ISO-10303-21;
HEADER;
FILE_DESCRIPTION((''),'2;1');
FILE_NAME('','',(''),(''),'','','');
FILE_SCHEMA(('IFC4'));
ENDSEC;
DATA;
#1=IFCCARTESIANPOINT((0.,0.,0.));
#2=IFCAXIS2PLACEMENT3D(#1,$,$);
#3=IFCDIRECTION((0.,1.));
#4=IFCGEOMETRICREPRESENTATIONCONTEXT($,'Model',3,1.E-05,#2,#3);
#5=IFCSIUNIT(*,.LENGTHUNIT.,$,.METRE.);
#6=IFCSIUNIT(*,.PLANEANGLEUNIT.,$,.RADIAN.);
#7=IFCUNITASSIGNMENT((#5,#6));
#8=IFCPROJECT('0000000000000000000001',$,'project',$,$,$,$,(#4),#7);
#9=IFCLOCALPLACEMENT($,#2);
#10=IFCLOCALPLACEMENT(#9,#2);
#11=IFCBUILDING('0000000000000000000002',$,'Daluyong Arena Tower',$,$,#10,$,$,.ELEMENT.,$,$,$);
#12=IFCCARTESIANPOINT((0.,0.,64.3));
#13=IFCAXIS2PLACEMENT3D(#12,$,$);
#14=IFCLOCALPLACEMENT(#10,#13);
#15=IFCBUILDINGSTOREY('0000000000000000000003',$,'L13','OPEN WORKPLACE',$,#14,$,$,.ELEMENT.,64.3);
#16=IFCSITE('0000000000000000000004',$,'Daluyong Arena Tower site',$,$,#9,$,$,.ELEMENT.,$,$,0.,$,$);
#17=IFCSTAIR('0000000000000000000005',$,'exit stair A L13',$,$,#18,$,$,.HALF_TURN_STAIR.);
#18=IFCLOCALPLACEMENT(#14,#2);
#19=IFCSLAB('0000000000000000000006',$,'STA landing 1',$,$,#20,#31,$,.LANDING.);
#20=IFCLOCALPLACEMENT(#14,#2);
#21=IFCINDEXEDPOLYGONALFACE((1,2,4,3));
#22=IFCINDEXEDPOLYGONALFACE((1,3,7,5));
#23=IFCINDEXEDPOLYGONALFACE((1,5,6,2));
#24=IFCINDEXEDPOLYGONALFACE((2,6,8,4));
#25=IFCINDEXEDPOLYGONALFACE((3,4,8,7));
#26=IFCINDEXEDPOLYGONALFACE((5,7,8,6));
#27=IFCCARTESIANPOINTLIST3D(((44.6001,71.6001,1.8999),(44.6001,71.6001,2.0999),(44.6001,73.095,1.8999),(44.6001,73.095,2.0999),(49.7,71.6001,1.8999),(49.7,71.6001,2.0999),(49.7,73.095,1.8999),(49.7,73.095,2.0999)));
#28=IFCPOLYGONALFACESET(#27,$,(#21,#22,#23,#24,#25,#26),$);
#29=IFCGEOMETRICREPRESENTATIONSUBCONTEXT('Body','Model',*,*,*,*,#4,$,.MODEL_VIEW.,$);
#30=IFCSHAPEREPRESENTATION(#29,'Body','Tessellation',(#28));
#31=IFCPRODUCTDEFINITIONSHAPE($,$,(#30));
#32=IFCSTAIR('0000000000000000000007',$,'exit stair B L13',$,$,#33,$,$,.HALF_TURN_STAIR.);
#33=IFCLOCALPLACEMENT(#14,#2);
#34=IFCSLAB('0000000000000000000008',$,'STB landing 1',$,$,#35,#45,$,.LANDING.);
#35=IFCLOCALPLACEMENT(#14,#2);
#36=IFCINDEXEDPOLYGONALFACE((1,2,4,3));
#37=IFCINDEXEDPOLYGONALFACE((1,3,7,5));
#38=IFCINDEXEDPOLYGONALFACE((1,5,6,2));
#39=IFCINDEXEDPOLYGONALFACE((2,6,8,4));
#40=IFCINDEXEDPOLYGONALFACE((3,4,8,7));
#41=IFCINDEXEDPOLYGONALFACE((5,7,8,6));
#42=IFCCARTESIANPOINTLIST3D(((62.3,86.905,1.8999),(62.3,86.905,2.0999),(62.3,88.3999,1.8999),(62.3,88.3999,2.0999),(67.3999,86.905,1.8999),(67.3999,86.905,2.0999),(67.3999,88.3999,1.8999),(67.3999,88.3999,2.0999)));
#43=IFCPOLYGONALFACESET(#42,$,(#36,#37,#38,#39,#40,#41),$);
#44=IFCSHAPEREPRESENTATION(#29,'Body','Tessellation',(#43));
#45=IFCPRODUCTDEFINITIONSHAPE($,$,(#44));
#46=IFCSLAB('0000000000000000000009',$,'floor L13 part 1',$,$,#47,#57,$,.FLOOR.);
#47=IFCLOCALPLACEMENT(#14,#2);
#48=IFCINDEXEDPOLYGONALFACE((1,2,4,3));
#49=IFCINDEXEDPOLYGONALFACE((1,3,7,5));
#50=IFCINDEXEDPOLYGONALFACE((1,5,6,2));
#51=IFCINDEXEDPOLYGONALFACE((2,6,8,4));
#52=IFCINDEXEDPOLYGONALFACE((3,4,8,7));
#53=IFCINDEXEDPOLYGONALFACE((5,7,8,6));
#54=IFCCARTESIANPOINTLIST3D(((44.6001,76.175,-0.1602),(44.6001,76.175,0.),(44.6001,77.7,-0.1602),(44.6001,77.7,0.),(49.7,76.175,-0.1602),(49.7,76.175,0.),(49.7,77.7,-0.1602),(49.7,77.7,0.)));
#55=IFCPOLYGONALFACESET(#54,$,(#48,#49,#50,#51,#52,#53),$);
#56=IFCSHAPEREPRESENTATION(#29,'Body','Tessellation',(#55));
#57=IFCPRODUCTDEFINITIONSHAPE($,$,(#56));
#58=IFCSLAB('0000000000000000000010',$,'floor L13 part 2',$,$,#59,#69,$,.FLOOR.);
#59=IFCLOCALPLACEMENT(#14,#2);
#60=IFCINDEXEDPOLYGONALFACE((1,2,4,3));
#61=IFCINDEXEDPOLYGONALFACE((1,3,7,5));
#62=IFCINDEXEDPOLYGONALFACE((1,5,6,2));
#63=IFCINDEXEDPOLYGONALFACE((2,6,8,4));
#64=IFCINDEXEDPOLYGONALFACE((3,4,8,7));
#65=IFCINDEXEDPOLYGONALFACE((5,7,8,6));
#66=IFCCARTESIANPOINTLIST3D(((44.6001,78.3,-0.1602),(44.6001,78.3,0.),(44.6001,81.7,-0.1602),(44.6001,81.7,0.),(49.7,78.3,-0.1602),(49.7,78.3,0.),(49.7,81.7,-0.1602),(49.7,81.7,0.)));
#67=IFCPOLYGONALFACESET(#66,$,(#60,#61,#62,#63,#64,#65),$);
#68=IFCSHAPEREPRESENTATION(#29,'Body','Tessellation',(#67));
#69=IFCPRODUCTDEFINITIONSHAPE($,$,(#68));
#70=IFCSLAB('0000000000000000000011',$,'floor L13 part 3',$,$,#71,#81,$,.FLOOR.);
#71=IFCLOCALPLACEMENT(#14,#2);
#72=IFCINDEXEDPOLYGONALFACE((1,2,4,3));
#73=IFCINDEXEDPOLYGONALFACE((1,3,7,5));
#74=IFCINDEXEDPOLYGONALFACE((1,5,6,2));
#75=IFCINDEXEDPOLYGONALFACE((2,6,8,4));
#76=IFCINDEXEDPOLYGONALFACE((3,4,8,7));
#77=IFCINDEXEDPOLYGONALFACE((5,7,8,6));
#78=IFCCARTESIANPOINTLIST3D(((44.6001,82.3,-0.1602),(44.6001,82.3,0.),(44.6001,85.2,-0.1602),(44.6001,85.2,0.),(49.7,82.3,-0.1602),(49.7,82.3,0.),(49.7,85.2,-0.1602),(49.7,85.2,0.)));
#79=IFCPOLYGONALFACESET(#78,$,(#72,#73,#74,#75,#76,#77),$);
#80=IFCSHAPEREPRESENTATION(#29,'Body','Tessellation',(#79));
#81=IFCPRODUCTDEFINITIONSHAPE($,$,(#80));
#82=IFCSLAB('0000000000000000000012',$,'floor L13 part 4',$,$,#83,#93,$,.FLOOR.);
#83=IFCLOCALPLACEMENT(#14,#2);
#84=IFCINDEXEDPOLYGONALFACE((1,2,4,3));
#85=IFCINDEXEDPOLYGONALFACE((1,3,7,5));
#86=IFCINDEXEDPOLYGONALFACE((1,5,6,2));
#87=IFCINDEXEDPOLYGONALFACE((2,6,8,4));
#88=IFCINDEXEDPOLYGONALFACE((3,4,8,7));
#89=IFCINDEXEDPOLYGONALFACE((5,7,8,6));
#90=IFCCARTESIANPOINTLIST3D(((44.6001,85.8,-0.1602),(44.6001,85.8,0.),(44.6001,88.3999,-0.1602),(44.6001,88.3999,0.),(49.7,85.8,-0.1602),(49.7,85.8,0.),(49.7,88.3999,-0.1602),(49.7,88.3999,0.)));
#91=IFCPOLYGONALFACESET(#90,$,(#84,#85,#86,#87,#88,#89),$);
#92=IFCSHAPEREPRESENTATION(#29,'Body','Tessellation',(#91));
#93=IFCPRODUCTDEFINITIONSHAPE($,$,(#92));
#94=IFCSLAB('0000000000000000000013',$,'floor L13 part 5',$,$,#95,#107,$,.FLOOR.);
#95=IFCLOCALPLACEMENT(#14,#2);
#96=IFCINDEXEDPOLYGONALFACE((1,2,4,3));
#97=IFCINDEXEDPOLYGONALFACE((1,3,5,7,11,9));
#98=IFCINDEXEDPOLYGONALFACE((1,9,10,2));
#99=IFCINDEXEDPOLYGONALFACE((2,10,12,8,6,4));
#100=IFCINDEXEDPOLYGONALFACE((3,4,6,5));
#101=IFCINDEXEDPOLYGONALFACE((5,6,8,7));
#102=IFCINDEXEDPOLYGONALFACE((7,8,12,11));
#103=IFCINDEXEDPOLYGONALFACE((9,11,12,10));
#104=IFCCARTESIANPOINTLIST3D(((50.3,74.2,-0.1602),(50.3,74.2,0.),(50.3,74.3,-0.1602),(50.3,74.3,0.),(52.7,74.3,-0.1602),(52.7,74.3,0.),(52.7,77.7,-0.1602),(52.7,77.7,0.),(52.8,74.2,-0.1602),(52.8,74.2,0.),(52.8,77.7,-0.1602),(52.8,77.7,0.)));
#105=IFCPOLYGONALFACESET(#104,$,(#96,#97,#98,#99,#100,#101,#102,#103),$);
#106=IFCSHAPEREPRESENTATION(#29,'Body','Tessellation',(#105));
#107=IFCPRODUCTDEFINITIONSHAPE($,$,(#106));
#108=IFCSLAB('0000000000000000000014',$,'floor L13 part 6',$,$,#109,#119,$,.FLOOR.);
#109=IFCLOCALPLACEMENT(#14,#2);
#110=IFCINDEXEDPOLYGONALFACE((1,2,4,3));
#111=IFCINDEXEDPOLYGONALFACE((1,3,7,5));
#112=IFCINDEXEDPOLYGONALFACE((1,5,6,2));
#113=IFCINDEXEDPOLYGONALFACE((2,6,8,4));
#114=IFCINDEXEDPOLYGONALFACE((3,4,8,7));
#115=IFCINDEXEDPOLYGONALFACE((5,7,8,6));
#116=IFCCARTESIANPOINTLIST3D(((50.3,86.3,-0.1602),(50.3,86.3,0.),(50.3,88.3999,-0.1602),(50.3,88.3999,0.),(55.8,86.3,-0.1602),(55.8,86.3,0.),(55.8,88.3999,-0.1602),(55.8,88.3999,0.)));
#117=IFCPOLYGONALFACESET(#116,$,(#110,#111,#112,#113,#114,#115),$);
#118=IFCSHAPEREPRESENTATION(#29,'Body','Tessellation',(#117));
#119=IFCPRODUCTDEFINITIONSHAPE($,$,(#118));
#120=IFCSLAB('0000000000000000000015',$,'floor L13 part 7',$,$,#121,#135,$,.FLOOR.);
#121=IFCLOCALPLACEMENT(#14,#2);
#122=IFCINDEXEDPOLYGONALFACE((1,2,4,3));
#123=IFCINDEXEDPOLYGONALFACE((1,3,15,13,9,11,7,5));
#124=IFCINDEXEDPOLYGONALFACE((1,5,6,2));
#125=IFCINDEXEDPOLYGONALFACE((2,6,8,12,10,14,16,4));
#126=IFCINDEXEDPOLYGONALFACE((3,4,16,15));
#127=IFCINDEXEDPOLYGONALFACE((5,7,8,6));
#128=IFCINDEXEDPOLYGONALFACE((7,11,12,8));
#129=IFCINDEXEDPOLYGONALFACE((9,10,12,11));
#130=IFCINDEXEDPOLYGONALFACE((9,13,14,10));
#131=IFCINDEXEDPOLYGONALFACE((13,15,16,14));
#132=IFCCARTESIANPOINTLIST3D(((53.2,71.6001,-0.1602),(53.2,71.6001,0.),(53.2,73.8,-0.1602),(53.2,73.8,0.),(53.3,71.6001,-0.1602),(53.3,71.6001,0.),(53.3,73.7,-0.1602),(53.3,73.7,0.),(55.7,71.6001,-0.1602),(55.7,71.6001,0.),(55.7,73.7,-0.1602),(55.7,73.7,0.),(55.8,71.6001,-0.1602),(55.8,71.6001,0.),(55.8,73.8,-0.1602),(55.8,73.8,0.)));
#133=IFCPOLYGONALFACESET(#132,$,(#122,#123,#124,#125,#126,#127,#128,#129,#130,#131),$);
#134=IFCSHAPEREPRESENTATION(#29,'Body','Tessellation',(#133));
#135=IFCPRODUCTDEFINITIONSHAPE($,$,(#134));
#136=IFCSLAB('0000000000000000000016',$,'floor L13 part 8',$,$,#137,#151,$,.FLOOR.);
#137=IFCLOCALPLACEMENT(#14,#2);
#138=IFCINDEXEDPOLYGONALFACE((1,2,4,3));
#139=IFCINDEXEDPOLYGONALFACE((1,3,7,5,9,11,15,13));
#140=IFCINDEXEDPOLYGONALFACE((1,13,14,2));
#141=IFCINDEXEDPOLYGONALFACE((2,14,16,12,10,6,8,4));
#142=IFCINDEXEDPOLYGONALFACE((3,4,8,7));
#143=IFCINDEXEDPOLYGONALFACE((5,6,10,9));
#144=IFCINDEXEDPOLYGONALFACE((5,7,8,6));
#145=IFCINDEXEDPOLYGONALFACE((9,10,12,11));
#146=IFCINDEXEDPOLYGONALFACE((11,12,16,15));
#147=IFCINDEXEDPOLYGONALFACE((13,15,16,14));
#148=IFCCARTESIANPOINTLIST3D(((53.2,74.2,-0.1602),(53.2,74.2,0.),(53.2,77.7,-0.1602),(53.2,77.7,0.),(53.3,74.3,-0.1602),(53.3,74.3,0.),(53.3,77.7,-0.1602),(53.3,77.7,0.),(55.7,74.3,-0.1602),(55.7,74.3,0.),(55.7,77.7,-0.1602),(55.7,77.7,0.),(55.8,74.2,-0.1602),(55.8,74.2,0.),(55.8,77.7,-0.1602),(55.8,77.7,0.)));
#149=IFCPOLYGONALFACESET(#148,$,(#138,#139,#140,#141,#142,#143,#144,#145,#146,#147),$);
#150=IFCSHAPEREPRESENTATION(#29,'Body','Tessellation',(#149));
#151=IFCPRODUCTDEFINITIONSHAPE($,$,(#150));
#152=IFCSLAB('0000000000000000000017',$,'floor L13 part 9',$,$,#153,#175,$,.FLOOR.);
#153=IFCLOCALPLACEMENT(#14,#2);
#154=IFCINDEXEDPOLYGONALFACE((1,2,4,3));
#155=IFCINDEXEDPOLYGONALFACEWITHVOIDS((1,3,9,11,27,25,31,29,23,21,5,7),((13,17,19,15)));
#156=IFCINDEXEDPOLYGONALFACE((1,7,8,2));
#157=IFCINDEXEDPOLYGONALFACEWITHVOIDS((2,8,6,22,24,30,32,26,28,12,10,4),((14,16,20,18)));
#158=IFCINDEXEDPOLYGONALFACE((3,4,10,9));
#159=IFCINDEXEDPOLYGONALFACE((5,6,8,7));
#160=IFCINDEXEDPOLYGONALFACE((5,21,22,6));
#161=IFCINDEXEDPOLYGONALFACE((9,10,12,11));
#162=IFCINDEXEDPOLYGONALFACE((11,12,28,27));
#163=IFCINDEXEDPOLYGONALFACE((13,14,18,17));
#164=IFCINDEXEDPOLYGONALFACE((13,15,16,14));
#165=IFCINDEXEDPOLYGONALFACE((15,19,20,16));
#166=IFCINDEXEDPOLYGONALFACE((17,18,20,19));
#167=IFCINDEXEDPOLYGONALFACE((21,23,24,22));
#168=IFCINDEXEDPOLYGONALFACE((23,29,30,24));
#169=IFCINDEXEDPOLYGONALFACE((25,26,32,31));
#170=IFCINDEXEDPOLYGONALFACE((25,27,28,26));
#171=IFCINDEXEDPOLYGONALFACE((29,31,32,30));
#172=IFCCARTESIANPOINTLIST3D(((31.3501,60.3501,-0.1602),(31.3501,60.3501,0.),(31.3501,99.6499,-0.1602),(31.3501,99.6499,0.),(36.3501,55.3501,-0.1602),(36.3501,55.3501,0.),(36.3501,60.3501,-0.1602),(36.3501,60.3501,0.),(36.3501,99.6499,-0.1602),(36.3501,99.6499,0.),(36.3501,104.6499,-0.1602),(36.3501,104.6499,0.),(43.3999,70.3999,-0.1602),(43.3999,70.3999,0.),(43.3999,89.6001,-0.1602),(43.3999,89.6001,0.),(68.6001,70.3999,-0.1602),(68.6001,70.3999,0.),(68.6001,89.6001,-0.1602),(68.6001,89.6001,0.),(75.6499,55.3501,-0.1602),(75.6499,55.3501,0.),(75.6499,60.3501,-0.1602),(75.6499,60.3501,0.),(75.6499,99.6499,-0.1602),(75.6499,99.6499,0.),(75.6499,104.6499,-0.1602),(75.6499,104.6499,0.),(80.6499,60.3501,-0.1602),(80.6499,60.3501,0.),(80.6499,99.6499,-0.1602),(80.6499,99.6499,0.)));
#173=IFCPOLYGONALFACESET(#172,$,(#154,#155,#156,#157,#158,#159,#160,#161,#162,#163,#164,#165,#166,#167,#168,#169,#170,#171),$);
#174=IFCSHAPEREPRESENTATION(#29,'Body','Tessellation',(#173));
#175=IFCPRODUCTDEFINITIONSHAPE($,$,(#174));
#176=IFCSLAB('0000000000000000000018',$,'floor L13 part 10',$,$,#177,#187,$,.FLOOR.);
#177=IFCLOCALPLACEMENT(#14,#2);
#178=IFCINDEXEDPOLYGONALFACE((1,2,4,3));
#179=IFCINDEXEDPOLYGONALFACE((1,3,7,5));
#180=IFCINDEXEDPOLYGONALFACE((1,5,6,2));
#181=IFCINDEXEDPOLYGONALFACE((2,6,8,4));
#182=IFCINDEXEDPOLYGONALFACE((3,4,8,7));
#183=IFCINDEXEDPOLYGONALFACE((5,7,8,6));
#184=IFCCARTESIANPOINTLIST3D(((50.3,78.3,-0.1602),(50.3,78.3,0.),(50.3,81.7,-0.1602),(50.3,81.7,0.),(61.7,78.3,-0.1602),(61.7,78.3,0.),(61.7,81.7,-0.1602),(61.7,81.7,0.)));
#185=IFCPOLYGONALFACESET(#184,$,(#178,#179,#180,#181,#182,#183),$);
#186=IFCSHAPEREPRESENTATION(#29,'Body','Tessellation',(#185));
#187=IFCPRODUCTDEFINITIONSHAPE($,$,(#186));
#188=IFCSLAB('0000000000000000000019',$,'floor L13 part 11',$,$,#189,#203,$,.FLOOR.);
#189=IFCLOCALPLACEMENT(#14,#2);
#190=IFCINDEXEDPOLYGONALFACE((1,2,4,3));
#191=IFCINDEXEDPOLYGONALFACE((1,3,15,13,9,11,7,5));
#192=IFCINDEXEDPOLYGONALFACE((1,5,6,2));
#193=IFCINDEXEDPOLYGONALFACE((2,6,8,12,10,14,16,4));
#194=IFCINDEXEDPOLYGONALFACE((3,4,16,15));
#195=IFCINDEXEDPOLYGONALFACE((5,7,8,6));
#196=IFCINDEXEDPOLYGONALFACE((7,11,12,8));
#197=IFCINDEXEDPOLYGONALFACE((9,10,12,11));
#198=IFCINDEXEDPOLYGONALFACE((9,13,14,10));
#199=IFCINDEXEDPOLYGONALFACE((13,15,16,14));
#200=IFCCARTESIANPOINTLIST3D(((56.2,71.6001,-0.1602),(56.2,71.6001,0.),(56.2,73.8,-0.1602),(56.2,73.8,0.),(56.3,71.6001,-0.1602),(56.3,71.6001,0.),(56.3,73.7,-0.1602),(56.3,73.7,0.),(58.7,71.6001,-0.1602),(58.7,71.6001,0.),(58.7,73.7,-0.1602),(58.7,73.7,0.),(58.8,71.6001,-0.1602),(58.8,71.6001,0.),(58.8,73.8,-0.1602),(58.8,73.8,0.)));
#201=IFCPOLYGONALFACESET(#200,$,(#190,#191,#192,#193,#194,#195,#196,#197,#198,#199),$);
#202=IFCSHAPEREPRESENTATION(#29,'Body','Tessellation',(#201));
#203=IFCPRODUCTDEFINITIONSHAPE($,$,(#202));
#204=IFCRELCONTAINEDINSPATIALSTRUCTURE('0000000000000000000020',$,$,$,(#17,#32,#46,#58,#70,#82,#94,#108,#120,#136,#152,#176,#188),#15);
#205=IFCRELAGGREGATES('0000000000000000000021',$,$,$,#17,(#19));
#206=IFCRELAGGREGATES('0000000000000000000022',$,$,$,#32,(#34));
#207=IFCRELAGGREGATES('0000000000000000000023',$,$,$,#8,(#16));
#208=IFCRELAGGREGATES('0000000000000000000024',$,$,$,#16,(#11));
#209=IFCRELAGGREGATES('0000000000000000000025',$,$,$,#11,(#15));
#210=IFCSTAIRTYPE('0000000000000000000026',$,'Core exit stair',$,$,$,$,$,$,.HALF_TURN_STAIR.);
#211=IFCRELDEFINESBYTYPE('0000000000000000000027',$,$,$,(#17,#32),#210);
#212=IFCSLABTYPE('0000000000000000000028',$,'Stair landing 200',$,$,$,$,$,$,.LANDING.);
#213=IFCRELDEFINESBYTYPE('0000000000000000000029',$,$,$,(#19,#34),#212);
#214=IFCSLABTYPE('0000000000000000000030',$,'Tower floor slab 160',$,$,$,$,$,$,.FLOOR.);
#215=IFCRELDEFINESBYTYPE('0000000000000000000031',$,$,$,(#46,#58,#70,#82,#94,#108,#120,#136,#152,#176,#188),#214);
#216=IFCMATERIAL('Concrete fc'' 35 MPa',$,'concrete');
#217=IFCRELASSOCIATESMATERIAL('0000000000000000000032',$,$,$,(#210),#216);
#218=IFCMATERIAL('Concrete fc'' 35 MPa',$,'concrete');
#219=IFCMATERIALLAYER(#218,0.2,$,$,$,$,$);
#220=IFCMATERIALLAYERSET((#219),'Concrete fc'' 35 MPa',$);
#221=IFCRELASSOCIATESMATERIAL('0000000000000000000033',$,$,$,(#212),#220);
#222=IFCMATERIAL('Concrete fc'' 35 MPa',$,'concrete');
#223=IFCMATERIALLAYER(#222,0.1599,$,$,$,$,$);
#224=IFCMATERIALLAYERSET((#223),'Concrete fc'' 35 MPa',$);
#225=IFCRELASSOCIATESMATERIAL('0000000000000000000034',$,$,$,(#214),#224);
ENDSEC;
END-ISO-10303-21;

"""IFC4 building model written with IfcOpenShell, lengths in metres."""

from ifc_helpers import new_model, si_unit, direction, frame, origin, place, context, subcontext, project, spatial, polyline, outline, extrude, material, layer, layer_set, type_object, element, aggregate, save


model = new_model("IFC4")

# Units and contexts
model_context = context("Model", 3, precision=1e-05, world=origin(), true_north=direction((0.0, 1.0)))
body_context = subcontext(model_context, "Body", "Model", "MODEL_VIEW")
ifc_project = project(units=[si_unit("LENGTHUNIT", "METRE"), si_unit("PLANEANGLEUNIT", "RADIAN")], contexts=[model_context])

# Site, building, storey
site_placement = place(None, origin())
site = spatial("IfcSite", under=ifc_project, at=site_placement, Name="Daluyong Arena Tower site", CompositionType="ELEMENT", RefElevation=0.0)
building_placement = place(site_placement, origin())
building = spatial("IfcBuilding", under=site, at=building_placement, Name="Daluyong Arena Tower", CompositionType="ELEMENT")
storey_placement = place(building_placement, frame((0.0, 0.0, 64.3)))
storey = spatial("IfcBuildingStorey", under=building, at=storey_placement, Name="L13", Description="OPEN WORKPLACE", CompositionType="ELEMENT", Elevation=64.3)

# Stairs, slabs
ifc_material_1 = material(Name="Concrete fc' 35 MPa", Category="concrete")
stair_type = type_object("IfcStairType", Name="Core exit stair", PredefinedType="HALF_TURN_STAIR", material=ifc_material_1)
stair_1_placement = place(storey_placement, origin())
stair_1 = element("IfcStair", 1, at=stair_1_placement, inside=storey, type_object=stair_type, Name="exit stair A L13", PredefinedType="HALF_TURN_STAIR")
ifc_material_2 = material(Name="Concrete fc' 35 MPa", Category="concrete")
ifc_layer_1 = layer(ifc_material_2, 0.2)
ifc_layer_set_1 = layer_set([ifc_layer_1], Name="Concrete fc' 35 MPa")
slab_type_1 = type_object("IfcSlabType", Name="Stair landing 200", PredefinedType="LANDING", material=ifc_layer_set_1)
slab_1_placement = place(storey_placement, frame((0.0, 0.0, 1.8999)))
slab_1 = element("IfcSlab", 2, at=slab_1_placement, type_object=slab_type_1, Name="STA landing 1", PredefinedType="LANDING", context=body_context, shape_type="SweptSolid", body=[
    extrude(outline(polyline([(44.6001, 71.6001), (49.7, 71.6001), (49.7, 73.095), (44.6001, 73.095), (44.6001, 71.6001)])), origin(), (0.0, 0.0, 1.0), 0.2),
])
aggregate(stair_1, [slab_1])
stair_2_placement = place(storey_placement, origin())
stair_2 = element("IfcStair", 3, at=stair_2_placement, inside=storey, type_object=stair_type, Name="exit stair B L13", PredefinedType="HALF_TURN_STAIR")
slab_2_placement = place(storey_placement, frame((0.0, 0.0, 1.8999)))
slab_2 = element("IfcSlab", 4, at=slab_2_placement, type_object=slab_type_1, Name="STB landing 1", PredefinedType="LANDING", context=body_context, shape_type="SweptSolid", body=[
    extrude(outline(polyline([(62.3, 86.905), (67.3999, 86.905), (67.3999, 88.3999), (62.3, 88.3999), (62.3, 86.905)])), origin(), (0.0, 0.0, 1.0), 0.2),
])
aggregate(stair_2, [slab_2])

# Slabs
ifc_material_3 = material(Name="Concrete fc' 35 MPa", Category="concrete")
ifc_layer_2 = layer(ifc_material_3, 0.1599)
ifc_layer_set_2 = layer_set([ifc_layer_2], Name="Concrete fc' 35 MPa")
slab_type_2 = type_object("IfcSlabType", Name="Tower floor slab 160", PredefinedType="FLOOR", material=ifc_layer_set_2)
slab_3_placement = place(storey_placement, frame((0.0, 0.0, -0.1602)))
element("IfcSlab", 5, at=slab_3_placement, inside=storey, type_object=slab_type_2, Name="floor L13 part 1", PredefinedType="FLOOR", context=body_context, shape_type="SweptSolid", body=[
    extrude(outline(polyline([(49.7, 76.175), (49.7, 77.7), (44.6001, 77.7), (44.6001, 76.175), (49.7, 76.175)])), origin(), (0.0, 0.0, 1.0), 0.1602),
])
slab_4_placement = place(storey_placement, frame((0.0, 0.0, -0.1602)))
element("IfcSlab", 6, at=slab_4_placement, inside=storey, type_object=slab_type_2, Name="floor L13 part 2", PredefinedType="FLOOR", context=body_context, shape_type="SweptSolid", body=[
    extrude(outline(polyline([(49.7, 78.3), (49.7, 81.7), (44.6001, 81.7), (44.6001, 78.3), (49.7, 78.3)])), origin(), (0.0, 0.0, 1.0), 0.1602),
])
slab_5_placement = place(storey_placement, frame((0.0, 0.0, -0.1602)))
element("IfcSlab", 7, at=slab_5_placement, inside=storey, type_object=slab_type_2, Name="floor L13 part 3", PredefinedType="FLOOR", context=body_context, shape_type="SweptSolid", body=[
    extrude(outline(polyline([(49.7, 82.3), (49.7, 85.2), (44.6001, 85.2), (44.6001, 82.3), (49.7, 82.3)])), origin(), (0.0, 0.0, 1.0), 0.1602),
])
slab_6_placement = place(storey_placement, frame((0.0, 0.0, -0.1602)))
element("IfcSlab", 8, at=slab_6_placement, inside=storey, type_object=slab_type_2, Name="floor L13 part 4", PredefinedType="FLOOR", context=body_context, shape_type="SweptSolid", body=[
    extrude(outline(polyline([(44.6001, 88.3999), (44.6001, 85.8), (49.7, 85.8), (49.7, 88.3999), (44.6001, 88.3999)])), origin(), (0.0, 0.0, 1.0), 0.1602),
])
slab_7_placement = place(storey_placement, frame((0.0, 0.0, -0.1602)))
element("IfcSlab", 9, at=slab_7_placement, inside=storey, type_object=slab_type_2, Name="floor L13 part 5", PredefinedType="FLOOR", context=body_context, shape_type="SweptSolid", body=[
    extrude(outline(polyline([(50.3, 74.3), (50.3, 74.2), (52.8, 74.2), (52.8, 77.7), (52.7, 77.7), (52.7, 74.3), (50.3, 74.3)])), origin(), (0.0, 0.0, 1.0), 0.1602),
])
slab_8_placement = place(storey_placement, frame((0.0, 0.0, -0.1602)))
element("IfcSlab", 10, at=slab_8_placement, inside=storey, type_object=slab_type_2, Name="floor L13 part 6", PredefinedType="FLOOR", context=body_context, shape_type="SweptSolid", body=[
    extrude(outline(polyline([(50.3, 88.3999), (50.3, 86.3), (55.8, 86.3), (55.8, 88.3999), (50.3, 88.3999)])), origin(), (0.0, 0.0, 1.0), 0.1602),
])
slab_9_placement = place(storey_placement, frame((0.0, 0.0, -0.1602)))
element("IfcSlab", 11, at=slab_9_placement, inside=storey, type_object=slab_type_2, Name="floor L13 part 7", PredefinedType="FLOOR", context=body_context, shape_type="SweptSolid", body=[
    extrude(outline(polyline([(55.7, 73.7), (55.7, 71.6001), (55.8, 71.6001), (55.8, 73.8), (53.2, 73.8), (53.2, 71.6001), (53.3, 71.6001), (53.3, 73.7), (55.7, 73.7)])), origin(), (0.0, 0.0, 1.0), 0.1602),
])
slab_10_placement = place(storey_placement, frame((0.0, 0.0, -0.1602)))
element("IfcSlab", 12, at=slab_10_placement, inside=storey, type_object=slab_type_2, Name="floor L13 part 8", PredefinedType="FLOOR", context=body_context, shape_type="SweptSolid", body=[
    extrude(outline(polyline([(53.2, 77.7), (53.2, 74.2), (55.8, 74.2), (55.8, 77.7), (55.7, 77.7), (55.7, 74.3), (53.3, 74.3), (53.3, 77.7), (53.2, 77.7)])), origin(), (0.0, 0.0, 1.0), 0.1602),
])
slab_11_placement = place(storey_placement, frame((0.0, 0.0, -0.1602)))
element("IfcSlab", 13, at=slab_11_placement, inside=storey, type_object=slab_type_2, Name="floor L13 part 9", PredefinedType="FLOOR", context=body_context, shape_type="SweptSolid", body=[
    extrude(outline(polyline([(36.3501, 60.3501), (36.3501, 55.3501), (75.6499, 55.3501), (75.6499, 60.3501), (80.6499, 60.3501), (80.6499, 99.6499), (75.6499, 99.6499), (75.6499, 104.6499), (36.3501, 104.6499), (36.3501, 99.6499), (31.3501, 99.6499), (31.3501, 60.3501), (36.3501, 60.3501)]), holes=[polyline([(68.6001, 89.6001), (68.6001, 70.3999), (43.3999, 70.3999), (43.3999, 89.6001), (68.6001, 89.6001)])]), origin(), (0.0, 0.0, 1.0), 0.1602),
])
slab_12_placement = place(storey_placement, frame((0.0, 0.0, -0.1602)))
element("IfcSlab", 14, at=slab_12_placement, inside=storey, type_object=slab_type_2, Name="floor L13 part 10", PredefinedType="FLOOR", context=body_context, shape_type="SweptSolid", body=[
    extrude(outline(polyline([(61.7, 81.7), (50.3, 81.7), (50.3, 78.3), (61.7, 78.3), (61.7, 81.7)])), origin(), (0.0, 0.0, 1.0), 0.1602),
])
slab_13_placement = place(storey_placement, frame((0.0, 0.0, -0.1602)))
element("IfcSlab", 15, at=slab_13_placement, inside=storey, type_object=slab_type_2, Name="floor L13 part 11", PredefinedType="FLOOR", context=body_context, shape_type="SweptSolid", body=[
    extrude(outline(polyline([(58.7, 73.7), (58.7, 71.6001), (58.8, 71.6001), (58.8, 73.8), (56.2, 73.8), (56.2, 71.6001), (56.3, 71.6001), (56.3, 73.7), (58.7, 73.7)])), origin(), (0.0, 0.0, 1.0), 0.1602),
])

save(model, "model.ifc")
